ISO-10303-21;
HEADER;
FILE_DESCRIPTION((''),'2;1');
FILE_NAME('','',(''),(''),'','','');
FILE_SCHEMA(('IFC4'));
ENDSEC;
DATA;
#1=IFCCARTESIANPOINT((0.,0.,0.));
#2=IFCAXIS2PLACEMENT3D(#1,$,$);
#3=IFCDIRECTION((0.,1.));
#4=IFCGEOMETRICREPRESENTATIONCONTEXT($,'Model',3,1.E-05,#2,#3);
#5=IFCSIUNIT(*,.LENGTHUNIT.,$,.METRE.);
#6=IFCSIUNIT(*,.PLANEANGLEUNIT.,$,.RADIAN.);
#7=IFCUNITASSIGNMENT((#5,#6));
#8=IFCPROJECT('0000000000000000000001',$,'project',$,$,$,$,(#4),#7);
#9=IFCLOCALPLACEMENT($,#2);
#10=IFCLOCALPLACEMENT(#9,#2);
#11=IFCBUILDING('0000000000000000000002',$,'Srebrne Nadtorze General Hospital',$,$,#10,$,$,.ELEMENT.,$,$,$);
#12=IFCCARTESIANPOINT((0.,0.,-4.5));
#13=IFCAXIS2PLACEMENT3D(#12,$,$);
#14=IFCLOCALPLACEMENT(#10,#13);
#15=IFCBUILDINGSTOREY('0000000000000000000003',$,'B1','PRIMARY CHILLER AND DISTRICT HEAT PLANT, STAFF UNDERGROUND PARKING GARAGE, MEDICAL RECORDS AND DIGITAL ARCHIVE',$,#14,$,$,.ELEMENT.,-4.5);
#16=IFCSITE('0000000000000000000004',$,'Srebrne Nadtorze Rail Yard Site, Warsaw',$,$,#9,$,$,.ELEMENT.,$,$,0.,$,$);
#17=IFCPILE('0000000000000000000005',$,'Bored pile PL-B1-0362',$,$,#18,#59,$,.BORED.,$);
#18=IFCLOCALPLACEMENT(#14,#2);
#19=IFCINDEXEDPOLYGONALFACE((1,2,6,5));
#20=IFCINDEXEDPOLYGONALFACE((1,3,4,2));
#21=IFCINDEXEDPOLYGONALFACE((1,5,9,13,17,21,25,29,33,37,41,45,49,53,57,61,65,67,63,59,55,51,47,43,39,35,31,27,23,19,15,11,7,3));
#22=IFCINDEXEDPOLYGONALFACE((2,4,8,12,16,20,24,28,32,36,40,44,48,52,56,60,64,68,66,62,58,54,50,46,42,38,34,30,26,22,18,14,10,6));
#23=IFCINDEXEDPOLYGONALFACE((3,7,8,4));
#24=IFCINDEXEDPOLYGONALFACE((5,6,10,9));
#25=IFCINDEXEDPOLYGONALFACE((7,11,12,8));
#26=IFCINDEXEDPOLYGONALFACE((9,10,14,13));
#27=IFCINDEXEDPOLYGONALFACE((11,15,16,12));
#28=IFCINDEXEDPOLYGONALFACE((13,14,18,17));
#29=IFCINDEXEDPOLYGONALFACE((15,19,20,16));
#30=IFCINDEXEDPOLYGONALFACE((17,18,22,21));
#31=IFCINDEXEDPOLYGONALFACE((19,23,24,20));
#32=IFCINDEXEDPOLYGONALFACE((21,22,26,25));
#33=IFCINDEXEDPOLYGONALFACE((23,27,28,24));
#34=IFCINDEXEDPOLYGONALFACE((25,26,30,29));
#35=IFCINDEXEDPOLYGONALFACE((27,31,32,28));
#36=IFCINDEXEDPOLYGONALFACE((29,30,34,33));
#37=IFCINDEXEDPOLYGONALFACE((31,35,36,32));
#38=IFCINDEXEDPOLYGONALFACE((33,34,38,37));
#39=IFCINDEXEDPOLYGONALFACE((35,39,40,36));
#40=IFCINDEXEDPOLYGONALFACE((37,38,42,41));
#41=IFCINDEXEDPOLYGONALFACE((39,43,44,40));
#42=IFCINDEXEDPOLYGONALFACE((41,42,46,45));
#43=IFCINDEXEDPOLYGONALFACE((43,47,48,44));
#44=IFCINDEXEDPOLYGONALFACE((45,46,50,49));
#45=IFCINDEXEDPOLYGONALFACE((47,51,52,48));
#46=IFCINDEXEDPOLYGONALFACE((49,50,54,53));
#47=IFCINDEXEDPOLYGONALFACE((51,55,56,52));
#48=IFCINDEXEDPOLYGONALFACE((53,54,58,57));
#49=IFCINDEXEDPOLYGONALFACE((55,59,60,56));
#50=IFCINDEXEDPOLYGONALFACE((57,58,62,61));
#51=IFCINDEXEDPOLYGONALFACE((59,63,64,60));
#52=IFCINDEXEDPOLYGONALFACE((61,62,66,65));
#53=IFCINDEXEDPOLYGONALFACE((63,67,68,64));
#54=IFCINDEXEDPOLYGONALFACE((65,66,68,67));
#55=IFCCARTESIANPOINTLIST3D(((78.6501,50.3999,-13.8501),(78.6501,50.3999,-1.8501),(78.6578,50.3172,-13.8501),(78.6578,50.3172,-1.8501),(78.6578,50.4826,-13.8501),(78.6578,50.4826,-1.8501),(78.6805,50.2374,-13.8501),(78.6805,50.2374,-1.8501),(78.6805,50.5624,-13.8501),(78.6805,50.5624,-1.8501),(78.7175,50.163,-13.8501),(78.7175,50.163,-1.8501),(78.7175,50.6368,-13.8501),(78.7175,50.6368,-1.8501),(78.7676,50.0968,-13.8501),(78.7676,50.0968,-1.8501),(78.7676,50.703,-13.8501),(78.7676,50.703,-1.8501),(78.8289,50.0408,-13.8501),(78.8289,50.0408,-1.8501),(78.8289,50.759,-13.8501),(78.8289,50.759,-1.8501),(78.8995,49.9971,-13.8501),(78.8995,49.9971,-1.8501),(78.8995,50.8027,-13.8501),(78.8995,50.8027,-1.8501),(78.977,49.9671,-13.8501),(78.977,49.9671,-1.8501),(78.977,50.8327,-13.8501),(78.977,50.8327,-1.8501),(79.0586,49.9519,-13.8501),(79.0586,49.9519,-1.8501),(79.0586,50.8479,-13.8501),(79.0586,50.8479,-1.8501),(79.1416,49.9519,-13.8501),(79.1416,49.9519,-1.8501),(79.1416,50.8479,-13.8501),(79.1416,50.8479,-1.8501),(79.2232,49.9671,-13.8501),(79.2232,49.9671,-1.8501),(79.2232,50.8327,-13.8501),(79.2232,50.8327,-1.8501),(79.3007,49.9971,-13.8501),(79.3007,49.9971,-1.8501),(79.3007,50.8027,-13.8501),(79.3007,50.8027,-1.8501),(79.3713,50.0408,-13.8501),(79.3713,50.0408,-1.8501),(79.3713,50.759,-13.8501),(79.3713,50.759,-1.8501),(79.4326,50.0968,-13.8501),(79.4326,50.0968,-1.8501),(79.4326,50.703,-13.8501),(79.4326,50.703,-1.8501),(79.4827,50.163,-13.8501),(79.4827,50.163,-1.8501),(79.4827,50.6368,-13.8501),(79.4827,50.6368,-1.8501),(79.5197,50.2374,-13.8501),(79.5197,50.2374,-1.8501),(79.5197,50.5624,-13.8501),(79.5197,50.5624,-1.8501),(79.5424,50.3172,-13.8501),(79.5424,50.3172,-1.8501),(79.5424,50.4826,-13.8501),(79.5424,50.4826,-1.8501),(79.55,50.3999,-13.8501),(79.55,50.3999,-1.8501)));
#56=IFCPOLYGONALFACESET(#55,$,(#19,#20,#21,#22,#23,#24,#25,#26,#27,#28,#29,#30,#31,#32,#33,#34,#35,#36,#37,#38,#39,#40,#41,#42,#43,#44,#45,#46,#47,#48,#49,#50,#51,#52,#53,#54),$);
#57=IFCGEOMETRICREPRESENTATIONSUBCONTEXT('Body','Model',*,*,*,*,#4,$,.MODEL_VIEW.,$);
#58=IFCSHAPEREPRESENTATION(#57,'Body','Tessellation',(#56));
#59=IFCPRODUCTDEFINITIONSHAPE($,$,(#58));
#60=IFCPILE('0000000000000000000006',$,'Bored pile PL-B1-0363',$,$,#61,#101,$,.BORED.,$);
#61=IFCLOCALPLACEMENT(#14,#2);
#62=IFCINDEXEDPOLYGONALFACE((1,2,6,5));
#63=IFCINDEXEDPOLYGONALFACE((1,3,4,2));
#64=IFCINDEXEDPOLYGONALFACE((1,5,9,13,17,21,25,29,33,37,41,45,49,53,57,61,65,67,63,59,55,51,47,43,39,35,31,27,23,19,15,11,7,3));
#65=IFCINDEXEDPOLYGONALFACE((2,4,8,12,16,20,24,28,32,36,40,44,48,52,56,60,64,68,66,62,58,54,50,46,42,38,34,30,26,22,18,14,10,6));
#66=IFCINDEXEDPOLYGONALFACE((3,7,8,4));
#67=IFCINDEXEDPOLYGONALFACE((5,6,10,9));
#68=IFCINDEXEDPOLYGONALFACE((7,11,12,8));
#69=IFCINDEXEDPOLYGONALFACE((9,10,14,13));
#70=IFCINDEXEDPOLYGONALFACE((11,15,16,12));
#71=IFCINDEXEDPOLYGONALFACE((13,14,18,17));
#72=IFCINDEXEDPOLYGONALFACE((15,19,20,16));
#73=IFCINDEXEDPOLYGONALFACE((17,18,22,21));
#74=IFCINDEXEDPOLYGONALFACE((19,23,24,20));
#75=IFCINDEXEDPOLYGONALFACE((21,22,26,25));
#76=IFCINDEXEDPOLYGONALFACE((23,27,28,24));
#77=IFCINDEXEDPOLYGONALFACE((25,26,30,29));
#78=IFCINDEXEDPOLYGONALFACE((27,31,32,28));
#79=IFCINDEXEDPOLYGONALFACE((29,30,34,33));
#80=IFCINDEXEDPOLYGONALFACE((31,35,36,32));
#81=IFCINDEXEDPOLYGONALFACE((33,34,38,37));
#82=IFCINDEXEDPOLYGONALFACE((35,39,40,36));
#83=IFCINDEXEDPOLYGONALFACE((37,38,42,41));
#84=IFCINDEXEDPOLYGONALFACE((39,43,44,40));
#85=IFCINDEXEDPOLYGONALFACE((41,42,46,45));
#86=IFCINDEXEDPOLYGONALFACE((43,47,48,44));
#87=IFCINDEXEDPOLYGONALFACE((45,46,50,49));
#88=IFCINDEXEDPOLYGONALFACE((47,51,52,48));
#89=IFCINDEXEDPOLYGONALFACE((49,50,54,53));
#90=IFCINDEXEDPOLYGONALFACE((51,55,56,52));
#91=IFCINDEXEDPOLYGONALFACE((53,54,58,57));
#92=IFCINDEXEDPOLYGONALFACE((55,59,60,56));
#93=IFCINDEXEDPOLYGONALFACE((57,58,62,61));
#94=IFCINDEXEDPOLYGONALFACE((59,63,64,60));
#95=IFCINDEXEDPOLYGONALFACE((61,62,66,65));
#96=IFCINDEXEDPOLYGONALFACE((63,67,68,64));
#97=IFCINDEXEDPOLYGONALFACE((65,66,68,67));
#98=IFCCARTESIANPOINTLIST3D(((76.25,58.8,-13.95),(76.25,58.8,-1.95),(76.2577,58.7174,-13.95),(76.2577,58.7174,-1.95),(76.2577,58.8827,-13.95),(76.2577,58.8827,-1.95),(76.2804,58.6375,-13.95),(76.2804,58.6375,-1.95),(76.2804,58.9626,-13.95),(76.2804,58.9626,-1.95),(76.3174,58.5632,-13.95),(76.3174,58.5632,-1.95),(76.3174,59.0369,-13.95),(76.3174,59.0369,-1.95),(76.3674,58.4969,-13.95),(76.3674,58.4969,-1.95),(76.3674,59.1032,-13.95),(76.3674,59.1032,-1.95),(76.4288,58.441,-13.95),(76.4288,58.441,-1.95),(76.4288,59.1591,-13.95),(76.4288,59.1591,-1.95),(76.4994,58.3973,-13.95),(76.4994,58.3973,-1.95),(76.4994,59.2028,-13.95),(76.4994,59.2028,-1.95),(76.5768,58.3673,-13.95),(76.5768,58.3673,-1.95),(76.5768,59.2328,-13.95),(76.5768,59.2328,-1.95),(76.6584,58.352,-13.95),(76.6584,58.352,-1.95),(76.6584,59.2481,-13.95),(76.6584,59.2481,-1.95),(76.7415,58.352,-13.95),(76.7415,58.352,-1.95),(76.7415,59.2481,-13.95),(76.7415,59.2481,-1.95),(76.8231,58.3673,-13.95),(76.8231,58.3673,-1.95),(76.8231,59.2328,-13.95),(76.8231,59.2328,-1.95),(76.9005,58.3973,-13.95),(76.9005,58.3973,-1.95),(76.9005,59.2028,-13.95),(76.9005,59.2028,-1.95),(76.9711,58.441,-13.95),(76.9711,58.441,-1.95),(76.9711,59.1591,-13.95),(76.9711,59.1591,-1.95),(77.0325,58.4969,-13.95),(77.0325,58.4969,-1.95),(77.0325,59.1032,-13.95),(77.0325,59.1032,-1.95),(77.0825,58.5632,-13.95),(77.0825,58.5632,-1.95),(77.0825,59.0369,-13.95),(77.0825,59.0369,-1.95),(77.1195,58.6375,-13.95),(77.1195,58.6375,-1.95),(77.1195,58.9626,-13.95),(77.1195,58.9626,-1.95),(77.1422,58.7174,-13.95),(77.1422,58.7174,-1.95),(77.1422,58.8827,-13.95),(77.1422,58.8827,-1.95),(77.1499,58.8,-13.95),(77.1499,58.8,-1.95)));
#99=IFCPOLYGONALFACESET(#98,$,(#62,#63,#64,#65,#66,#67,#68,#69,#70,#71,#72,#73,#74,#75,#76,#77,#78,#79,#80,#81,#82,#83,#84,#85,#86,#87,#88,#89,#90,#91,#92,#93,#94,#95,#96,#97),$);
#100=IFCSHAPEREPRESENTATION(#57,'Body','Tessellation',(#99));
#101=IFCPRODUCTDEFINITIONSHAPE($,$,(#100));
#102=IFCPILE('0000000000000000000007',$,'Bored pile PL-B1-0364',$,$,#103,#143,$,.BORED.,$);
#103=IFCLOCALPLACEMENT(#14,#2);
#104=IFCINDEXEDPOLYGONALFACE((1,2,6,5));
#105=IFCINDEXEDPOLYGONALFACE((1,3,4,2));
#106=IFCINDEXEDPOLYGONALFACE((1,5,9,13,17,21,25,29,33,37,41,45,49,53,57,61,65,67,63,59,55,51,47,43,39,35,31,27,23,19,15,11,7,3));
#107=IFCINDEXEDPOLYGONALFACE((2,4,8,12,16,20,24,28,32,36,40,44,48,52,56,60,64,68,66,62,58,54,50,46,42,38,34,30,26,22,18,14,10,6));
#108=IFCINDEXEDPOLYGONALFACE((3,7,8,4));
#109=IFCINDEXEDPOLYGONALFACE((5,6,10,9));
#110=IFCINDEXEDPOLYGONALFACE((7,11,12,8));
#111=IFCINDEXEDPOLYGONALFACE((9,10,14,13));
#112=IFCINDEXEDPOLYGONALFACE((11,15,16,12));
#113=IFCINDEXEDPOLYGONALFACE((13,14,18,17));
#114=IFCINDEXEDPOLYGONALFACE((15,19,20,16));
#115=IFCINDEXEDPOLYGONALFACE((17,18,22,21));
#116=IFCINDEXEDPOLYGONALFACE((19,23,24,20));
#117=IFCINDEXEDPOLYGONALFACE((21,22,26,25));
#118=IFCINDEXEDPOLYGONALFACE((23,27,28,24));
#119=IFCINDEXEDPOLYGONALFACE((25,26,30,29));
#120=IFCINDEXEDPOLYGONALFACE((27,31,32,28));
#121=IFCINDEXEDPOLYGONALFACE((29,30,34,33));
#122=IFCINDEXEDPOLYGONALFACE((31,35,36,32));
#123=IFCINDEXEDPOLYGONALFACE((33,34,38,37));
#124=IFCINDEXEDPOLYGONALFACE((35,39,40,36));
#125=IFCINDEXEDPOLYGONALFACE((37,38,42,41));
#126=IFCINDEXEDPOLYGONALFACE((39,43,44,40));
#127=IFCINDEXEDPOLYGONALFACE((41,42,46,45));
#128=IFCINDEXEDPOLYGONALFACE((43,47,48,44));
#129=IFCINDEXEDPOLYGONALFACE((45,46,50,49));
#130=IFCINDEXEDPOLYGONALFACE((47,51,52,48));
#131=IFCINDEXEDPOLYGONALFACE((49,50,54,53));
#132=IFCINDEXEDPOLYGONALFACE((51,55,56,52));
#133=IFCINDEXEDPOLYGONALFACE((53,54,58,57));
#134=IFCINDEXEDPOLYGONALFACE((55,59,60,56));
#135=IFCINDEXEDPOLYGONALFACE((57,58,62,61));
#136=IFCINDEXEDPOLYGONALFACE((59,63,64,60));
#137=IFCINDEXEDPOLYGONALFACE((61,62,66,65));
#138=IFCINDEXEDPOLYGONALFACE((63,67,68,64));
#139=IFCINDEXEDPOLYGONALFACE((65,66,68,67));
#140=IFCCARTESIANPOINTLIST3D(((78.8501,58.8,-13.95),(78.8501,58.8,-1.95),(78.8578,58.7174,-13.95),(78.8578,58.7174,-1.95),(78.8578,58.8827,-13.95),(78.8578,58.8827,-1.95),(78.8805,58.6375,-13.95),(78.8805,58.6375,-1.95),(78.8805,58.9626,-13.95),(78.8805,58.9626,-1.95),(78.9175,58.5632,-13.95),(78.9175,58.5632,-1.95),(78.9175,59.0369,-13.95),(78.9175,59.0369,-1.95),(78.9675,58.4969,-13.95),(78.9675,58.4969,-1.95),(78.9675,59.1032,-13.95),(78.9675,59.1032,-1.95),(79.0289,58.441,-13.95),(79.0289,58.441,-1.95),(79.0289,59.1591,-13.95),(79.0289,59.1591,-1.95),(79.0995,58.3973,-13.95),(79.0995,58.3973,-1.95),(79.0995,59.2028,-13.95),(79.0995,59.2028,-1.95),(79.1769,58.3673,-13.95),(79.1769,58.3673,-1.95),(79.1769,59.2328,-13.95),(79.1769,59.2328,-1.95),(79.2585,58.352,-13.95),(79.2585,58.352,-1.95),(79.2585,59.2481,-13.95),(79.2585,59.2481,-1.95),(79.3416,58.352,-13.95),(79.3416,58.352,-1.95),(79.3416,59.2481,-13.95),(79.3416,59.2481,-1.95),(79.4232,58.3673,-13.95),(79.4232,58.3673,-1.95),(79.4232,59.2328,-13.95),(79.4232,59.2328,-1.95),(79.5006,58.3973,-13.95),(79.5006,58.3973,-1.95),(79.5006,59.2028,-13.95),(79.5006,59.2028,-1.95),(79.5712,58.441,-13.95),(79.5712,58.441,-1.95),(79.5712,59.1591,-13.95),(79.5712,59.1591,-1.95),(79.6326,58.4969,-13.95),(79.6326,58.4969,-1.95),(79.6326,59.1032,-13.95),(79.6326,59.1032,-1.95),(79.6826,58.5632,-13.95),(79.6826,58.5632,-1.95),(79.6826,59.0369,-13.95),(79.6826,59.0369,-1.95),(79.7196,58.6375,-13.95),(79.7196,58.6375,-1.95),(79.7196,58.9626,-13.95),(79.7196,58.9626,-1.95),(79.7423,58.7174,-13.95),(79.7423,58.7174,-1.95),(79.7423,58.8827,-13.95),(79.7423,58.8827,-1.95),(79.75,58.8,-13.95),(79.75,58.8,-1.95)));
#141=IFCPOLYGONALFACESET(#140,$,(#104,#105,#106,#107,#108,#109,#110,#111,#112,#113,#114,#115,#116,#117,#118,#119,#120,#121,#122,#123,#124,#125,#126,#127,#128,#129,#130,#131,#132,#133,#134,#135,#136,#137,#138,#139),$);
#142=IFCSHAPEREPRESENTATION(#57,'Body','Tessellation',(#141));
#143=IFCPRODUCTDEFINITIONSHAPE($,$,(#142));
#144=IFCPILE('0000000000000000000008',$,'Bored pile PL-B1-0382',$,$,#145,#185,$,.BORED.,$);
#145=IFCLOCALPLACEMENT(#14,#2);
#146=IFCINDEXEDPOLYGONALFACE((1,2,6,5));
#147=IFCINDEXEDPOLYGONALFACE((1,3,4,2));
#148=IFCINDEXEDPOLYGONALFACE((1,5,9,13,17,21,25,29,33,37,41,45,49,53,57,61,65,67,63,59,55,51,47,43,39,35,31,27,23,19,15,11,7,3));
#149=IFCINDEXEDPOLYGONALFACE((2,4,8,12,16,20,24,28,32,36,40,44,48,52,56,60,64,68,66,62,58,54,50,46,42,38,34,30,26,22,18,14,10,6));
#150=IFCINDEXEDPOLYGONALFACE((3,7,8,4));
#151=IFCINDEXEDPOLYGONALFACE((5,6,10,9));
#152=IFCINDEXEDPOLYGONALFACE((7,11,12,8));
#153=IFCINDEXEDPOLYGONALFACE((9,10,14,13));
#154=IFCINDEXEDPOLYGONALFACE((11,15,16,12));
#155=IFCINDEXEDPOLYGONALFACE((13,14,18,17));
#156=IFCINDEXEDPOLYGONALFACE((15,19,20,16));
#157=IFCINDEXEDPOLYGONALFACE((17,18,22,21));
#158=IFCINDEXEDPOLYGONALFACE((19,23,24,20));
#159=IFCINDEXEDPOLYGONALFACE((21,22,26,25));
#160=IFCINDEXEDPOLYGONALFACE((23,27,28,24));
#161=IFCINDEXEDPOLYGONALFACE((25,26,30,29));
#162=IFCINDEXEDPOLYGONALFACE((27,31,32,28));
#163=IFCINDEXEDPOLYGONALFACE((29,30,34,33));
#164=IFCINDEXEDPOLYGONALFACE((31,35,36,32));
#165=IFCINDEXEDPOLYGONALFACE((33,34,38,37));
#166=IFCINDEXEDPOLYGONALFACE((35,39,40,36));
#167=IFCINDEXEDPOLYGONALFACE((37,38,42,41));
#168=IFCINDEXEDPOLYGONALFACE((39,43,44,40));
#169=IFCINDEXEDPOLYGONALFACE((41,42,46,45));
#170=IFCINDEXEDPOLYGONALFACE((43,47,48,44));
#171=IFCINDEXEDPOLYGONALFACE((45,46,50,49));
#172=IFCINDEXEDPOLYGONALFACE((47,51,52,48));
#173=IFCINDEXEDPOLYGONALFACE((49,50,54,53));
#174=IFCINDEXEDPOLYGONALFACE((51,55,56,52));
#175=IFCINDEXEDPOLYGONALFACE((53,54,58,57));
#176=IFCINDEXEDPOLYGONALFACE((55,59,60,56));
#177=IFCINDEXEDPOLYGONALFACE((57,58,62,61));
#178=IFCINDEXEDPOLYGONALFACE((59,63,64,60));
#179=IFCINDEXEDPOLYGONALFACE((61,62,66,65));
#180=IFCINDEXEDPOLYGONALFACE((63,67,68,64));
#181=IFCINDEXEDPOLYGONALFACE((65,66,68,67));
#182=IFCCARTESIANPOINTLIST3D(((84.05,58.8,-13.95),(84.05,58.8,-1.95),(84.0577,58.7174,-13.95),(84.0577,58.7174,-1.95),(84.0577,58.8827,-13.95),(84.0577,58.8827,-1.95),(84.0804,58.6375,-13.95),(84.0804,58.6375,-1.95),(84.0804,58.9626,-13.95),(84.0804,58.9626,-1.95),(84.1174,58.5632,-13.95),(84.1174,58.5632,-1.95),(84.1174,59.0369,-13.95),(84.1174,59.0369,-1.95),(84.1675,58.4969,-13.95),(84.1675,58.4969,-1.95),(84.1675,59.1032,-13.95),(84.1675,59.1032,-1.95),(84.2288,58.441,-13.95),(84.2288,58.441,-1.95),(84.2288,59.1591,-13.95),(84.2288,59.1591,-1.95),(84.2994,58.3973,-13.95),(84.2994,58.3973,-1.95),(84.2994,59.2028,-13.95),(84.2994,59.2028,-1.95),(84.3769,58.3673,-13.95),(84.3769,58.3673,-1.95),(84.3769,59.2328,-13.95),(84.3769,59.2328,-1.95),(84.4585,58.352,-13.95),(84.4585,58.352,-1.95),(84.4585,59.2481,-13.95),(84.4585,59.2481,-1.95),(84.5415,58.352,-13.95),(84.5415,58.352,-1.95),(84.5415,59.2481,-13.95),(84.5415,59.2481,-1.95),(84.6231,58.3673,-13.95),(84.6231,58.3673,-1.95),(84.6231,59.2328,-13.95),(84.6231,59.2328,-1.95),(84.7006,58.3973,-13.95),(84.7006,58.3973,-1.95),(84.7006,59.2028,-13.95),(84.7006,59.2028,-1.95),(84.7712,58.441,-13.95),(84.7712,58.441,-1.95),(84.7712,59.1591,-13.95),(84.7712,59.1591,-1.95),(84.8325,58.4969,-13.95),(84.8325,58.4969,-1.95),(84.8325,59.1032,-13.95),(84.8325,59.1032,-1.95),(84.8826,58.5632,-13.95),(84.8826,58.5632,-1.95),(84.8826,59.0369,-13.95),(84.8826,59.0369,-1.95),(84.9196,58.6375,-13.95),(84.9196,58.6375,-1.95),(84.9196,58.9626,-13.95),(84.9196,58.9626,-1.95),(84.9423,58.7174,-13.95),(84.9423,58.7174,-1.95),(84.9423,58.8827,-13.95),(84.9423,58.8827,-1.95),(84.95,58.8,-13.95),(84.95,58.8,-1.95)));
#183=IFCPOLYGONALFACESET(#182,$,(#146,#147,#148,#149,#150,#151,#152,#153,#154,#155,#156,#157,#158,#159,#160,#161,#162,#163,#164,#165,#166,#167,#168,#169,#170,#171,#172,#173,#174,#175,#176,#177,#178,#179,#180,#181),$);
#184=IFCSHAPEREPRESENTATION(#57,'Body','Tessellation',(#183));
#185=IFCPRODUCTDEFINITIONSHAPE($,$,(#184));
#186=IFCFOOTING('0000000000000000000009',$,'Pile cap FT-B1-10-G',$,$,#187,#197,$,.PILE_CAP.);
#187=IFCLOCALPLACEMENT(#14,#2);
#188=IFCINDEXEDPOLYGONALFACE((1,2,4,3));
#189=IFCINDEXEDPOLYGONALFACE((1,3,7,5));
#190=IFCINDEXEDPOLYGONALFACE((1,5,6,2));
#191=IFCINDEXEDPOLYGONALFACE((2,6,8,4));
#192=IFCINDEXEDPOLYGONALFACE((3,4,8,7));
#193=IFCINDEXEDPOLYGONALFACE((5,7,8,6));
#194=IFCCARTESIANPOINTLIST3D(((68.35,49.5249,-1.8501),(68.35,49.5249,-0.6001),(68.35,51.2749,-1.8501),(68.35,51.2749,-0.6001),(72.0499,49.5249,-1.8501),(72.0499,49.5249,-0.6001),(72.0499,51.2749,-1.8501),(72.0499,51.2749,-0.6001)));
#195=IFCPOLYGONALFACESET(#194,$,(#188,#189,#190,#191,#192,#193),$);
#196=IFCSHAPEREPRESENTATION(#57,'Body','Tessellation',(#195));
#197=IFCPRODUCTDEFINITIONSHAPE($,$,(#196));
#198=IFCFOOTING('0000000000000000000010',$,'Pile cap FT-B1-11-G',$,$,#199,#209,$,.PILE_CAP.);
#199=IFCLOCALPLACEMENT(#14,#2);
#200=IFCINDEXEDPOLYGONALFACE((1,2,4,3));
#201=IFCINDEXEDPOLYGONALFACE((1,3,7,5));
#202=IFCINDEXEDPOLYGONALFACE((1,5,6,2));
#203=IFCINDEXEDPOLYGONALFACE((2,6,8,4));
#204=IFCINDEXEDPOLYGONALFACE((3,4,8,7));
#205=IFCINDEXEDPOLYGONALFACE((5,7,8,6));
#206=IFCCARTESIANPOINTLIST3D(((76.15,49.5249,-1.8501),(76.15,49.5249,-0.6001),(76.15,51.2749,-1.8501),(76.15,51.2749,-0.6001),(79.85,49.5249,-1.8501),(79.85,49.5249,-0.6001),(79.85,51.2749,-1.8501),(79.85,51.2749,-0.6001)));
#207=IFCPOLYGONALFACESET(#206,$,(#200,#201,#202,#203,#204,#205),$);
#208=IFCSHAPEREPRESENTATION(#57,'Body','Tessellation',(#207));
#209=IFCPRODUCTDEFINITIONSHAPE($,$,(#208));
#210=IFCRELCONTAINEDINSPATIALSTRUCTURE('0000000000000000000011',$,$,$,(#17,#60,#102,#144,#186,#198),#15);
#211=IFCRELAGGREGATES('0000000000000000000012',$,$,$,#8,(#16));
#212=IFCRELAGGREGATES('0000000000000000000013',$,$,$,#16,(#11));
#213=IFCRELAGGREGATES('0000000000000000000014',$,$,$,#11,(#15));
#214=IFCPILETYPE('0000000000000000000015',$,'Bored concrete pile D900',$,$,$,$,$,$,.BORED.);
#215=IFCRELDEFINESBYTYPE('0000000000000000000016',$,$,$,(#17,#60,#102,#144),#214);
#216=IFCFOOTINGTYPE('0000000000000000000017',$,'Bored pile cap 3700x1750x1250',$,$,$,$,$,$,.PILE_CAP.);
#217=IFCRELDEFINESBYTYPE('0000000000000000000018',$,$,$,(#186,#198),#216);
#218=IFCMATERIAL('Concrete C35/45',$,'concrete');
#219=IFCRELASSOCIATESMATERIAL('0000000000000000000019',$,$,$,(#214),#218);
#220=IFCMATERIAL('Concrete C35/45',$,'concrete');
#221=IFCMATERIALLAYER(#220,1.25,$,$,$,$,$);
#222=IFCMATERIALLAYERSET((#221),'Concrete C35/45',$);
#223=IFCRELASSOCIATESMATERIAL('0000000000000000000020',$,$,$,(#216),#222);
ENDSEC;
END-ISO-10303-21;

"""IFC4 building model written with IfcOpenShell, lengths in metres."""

from ifc_helpers import new_model, si_unit, direction, frame, origin, origin_2d, place, context, subcontext, project, spatial, rectangle, circle, extrude, material, layer, layer_set, material_profile, profile_set, type_object, element, save


model = new_model("IFC4")

# Units and contexts
model_context = context("Model", 3, precision=1e-05, world=origin(), true_north=direction((0.0, 1.0)))
body_context = subcontext(model_context, "Body", "Model", "MODEL_VIEW")
ifc_project = project(units=[si_unit("LENGTHUNIT", "METRE"), si_unit("PLANEANGLEUNIT", "RADIAN")], contexts=[model_context])

# Site, building, storey
site_placement = place(None, origin())
site = spatial("IfcSite", under=ifc_project, at=site_placement, Name="Srebrne Nadtorze Rail Yard Site, Warsaw", CompositionType="ELEMENT", RefElevation=0.0)
building_placement = place(site_placement, origin())
building = spatial("IfcBuilding", under=site, at=building_placement, Name="Srebrne Nadtorze General Hospital", CompositionType="ELEMENT")
storey_placement = place(building_placement, frame((0.0, 0.0, -4.5)))
storey = spatial("IfcBuildingStorey", under=building, at=storey_placement, Name="B1", Description="PRIMARY CHILLER AND DISTRICT HEAT PLANT, STAFF UNDERGROUND PARKING GARAGE, MEDICAL RECORDS AND DIGITAL ARCHIVE", CompositionType="ELEMENT", Elevation=-4.5)

# Piles
ifc_material_1 = material(Name="Concrete C35/45", Category="concrete")
ifc_material_profile_1 = material_profile(ifc_material_1, circle(Radius=0.45, at=origin_2d()), Name="PILE-D900")
ifc_profile_set_1 = profile_set([ifc_material_profile_1], Name="Concrete C35/45")
pile_type = type_object("IfcPileType", Name="Bored concrete pile D900", PredefinedType="BORED", material=ifc_profile_set_1)
for number, where, z_axis, x_axis, name in (
    (1, (79.1001, 50.3999, -1.8501), (0.0, 0.0, -1.0), (1.0, 0.0, 0.0), "Bored pile PL-B1-0362"),
    (2, (76.7, 58.8, -1.95), (0.0, 0.0, -1.0), (1.0, 0.0, 0.0), "Bored pile PL-B1-0363"),
    (3, (79.3, 58.8, -1.95), (0.0, 0.0, -1.0), (1.0, 0.0, 0.0), "Bored pile PL-B1-0364"),
    (4, (84.5, 58.8, -1.95), (0.0, 0.0, -1.0), (1.0, 0.0, 0.0), "Bored pile PL-B1-0382"),
):
    element("IfcPile", number, at=place(storey_placement, frame(where, z_axis=z_axis, x_axis=x_axis)), inside=storey, type_object=pile_type, Name=name, PredefinedType="BORED", context=body_context, shape_type="SweptSolid", body=[
        extrude(circle(Radius=0.45, at=origin_2d()), origin(), (0.0, 0.0, 1.0), 12.0),
    ])

# Footings
ifc_material_2 = material(Name="Concrete C35/45", Category="concrete")
ifc_layer_1 = layer(ifc_material_2, 1.25)
ifc_layer_set_1 = layer_set([ifc_layer_1], Name="Concrete C35/45")
footing_type_1 = type_object("IfcFootingType", Name="Bored pile cap 3700x1750x1250", PredefinedType="PILE_CAP", material=ifc_layer_set_1)
for number, where, z_axis, x_axis, name in (
    (5, (70.2, 50.3999, -1.8501), (0.0, 0.0, 1.0), (1.0, 0.0, 0.0), "Pile cap FT-B1-10-G"),
    (6, (78.0, 50.3999, -1.8501), (0.0, 0.0, 1.0), (1.0, 0.0, 0.0), "Pile cap FT-B1-11-G"),
):
    element("IfcFooting", number, at=place(storey_placement, frame(where, z_axis=z_axis, x_axis=x_axis)), inside=storey, type_object=footing_type_1, Name=name, PredefinedType="PILE_CAP", context=body_context, shape_type="SweptSolid", body=[
        extrude(rectangle(XDim=3.7, YDim=1.75, at=origin_2d()), origin(), (0.0, 0.0, 1.0), 1.25),
    ])

save(model, "model.ifc")
